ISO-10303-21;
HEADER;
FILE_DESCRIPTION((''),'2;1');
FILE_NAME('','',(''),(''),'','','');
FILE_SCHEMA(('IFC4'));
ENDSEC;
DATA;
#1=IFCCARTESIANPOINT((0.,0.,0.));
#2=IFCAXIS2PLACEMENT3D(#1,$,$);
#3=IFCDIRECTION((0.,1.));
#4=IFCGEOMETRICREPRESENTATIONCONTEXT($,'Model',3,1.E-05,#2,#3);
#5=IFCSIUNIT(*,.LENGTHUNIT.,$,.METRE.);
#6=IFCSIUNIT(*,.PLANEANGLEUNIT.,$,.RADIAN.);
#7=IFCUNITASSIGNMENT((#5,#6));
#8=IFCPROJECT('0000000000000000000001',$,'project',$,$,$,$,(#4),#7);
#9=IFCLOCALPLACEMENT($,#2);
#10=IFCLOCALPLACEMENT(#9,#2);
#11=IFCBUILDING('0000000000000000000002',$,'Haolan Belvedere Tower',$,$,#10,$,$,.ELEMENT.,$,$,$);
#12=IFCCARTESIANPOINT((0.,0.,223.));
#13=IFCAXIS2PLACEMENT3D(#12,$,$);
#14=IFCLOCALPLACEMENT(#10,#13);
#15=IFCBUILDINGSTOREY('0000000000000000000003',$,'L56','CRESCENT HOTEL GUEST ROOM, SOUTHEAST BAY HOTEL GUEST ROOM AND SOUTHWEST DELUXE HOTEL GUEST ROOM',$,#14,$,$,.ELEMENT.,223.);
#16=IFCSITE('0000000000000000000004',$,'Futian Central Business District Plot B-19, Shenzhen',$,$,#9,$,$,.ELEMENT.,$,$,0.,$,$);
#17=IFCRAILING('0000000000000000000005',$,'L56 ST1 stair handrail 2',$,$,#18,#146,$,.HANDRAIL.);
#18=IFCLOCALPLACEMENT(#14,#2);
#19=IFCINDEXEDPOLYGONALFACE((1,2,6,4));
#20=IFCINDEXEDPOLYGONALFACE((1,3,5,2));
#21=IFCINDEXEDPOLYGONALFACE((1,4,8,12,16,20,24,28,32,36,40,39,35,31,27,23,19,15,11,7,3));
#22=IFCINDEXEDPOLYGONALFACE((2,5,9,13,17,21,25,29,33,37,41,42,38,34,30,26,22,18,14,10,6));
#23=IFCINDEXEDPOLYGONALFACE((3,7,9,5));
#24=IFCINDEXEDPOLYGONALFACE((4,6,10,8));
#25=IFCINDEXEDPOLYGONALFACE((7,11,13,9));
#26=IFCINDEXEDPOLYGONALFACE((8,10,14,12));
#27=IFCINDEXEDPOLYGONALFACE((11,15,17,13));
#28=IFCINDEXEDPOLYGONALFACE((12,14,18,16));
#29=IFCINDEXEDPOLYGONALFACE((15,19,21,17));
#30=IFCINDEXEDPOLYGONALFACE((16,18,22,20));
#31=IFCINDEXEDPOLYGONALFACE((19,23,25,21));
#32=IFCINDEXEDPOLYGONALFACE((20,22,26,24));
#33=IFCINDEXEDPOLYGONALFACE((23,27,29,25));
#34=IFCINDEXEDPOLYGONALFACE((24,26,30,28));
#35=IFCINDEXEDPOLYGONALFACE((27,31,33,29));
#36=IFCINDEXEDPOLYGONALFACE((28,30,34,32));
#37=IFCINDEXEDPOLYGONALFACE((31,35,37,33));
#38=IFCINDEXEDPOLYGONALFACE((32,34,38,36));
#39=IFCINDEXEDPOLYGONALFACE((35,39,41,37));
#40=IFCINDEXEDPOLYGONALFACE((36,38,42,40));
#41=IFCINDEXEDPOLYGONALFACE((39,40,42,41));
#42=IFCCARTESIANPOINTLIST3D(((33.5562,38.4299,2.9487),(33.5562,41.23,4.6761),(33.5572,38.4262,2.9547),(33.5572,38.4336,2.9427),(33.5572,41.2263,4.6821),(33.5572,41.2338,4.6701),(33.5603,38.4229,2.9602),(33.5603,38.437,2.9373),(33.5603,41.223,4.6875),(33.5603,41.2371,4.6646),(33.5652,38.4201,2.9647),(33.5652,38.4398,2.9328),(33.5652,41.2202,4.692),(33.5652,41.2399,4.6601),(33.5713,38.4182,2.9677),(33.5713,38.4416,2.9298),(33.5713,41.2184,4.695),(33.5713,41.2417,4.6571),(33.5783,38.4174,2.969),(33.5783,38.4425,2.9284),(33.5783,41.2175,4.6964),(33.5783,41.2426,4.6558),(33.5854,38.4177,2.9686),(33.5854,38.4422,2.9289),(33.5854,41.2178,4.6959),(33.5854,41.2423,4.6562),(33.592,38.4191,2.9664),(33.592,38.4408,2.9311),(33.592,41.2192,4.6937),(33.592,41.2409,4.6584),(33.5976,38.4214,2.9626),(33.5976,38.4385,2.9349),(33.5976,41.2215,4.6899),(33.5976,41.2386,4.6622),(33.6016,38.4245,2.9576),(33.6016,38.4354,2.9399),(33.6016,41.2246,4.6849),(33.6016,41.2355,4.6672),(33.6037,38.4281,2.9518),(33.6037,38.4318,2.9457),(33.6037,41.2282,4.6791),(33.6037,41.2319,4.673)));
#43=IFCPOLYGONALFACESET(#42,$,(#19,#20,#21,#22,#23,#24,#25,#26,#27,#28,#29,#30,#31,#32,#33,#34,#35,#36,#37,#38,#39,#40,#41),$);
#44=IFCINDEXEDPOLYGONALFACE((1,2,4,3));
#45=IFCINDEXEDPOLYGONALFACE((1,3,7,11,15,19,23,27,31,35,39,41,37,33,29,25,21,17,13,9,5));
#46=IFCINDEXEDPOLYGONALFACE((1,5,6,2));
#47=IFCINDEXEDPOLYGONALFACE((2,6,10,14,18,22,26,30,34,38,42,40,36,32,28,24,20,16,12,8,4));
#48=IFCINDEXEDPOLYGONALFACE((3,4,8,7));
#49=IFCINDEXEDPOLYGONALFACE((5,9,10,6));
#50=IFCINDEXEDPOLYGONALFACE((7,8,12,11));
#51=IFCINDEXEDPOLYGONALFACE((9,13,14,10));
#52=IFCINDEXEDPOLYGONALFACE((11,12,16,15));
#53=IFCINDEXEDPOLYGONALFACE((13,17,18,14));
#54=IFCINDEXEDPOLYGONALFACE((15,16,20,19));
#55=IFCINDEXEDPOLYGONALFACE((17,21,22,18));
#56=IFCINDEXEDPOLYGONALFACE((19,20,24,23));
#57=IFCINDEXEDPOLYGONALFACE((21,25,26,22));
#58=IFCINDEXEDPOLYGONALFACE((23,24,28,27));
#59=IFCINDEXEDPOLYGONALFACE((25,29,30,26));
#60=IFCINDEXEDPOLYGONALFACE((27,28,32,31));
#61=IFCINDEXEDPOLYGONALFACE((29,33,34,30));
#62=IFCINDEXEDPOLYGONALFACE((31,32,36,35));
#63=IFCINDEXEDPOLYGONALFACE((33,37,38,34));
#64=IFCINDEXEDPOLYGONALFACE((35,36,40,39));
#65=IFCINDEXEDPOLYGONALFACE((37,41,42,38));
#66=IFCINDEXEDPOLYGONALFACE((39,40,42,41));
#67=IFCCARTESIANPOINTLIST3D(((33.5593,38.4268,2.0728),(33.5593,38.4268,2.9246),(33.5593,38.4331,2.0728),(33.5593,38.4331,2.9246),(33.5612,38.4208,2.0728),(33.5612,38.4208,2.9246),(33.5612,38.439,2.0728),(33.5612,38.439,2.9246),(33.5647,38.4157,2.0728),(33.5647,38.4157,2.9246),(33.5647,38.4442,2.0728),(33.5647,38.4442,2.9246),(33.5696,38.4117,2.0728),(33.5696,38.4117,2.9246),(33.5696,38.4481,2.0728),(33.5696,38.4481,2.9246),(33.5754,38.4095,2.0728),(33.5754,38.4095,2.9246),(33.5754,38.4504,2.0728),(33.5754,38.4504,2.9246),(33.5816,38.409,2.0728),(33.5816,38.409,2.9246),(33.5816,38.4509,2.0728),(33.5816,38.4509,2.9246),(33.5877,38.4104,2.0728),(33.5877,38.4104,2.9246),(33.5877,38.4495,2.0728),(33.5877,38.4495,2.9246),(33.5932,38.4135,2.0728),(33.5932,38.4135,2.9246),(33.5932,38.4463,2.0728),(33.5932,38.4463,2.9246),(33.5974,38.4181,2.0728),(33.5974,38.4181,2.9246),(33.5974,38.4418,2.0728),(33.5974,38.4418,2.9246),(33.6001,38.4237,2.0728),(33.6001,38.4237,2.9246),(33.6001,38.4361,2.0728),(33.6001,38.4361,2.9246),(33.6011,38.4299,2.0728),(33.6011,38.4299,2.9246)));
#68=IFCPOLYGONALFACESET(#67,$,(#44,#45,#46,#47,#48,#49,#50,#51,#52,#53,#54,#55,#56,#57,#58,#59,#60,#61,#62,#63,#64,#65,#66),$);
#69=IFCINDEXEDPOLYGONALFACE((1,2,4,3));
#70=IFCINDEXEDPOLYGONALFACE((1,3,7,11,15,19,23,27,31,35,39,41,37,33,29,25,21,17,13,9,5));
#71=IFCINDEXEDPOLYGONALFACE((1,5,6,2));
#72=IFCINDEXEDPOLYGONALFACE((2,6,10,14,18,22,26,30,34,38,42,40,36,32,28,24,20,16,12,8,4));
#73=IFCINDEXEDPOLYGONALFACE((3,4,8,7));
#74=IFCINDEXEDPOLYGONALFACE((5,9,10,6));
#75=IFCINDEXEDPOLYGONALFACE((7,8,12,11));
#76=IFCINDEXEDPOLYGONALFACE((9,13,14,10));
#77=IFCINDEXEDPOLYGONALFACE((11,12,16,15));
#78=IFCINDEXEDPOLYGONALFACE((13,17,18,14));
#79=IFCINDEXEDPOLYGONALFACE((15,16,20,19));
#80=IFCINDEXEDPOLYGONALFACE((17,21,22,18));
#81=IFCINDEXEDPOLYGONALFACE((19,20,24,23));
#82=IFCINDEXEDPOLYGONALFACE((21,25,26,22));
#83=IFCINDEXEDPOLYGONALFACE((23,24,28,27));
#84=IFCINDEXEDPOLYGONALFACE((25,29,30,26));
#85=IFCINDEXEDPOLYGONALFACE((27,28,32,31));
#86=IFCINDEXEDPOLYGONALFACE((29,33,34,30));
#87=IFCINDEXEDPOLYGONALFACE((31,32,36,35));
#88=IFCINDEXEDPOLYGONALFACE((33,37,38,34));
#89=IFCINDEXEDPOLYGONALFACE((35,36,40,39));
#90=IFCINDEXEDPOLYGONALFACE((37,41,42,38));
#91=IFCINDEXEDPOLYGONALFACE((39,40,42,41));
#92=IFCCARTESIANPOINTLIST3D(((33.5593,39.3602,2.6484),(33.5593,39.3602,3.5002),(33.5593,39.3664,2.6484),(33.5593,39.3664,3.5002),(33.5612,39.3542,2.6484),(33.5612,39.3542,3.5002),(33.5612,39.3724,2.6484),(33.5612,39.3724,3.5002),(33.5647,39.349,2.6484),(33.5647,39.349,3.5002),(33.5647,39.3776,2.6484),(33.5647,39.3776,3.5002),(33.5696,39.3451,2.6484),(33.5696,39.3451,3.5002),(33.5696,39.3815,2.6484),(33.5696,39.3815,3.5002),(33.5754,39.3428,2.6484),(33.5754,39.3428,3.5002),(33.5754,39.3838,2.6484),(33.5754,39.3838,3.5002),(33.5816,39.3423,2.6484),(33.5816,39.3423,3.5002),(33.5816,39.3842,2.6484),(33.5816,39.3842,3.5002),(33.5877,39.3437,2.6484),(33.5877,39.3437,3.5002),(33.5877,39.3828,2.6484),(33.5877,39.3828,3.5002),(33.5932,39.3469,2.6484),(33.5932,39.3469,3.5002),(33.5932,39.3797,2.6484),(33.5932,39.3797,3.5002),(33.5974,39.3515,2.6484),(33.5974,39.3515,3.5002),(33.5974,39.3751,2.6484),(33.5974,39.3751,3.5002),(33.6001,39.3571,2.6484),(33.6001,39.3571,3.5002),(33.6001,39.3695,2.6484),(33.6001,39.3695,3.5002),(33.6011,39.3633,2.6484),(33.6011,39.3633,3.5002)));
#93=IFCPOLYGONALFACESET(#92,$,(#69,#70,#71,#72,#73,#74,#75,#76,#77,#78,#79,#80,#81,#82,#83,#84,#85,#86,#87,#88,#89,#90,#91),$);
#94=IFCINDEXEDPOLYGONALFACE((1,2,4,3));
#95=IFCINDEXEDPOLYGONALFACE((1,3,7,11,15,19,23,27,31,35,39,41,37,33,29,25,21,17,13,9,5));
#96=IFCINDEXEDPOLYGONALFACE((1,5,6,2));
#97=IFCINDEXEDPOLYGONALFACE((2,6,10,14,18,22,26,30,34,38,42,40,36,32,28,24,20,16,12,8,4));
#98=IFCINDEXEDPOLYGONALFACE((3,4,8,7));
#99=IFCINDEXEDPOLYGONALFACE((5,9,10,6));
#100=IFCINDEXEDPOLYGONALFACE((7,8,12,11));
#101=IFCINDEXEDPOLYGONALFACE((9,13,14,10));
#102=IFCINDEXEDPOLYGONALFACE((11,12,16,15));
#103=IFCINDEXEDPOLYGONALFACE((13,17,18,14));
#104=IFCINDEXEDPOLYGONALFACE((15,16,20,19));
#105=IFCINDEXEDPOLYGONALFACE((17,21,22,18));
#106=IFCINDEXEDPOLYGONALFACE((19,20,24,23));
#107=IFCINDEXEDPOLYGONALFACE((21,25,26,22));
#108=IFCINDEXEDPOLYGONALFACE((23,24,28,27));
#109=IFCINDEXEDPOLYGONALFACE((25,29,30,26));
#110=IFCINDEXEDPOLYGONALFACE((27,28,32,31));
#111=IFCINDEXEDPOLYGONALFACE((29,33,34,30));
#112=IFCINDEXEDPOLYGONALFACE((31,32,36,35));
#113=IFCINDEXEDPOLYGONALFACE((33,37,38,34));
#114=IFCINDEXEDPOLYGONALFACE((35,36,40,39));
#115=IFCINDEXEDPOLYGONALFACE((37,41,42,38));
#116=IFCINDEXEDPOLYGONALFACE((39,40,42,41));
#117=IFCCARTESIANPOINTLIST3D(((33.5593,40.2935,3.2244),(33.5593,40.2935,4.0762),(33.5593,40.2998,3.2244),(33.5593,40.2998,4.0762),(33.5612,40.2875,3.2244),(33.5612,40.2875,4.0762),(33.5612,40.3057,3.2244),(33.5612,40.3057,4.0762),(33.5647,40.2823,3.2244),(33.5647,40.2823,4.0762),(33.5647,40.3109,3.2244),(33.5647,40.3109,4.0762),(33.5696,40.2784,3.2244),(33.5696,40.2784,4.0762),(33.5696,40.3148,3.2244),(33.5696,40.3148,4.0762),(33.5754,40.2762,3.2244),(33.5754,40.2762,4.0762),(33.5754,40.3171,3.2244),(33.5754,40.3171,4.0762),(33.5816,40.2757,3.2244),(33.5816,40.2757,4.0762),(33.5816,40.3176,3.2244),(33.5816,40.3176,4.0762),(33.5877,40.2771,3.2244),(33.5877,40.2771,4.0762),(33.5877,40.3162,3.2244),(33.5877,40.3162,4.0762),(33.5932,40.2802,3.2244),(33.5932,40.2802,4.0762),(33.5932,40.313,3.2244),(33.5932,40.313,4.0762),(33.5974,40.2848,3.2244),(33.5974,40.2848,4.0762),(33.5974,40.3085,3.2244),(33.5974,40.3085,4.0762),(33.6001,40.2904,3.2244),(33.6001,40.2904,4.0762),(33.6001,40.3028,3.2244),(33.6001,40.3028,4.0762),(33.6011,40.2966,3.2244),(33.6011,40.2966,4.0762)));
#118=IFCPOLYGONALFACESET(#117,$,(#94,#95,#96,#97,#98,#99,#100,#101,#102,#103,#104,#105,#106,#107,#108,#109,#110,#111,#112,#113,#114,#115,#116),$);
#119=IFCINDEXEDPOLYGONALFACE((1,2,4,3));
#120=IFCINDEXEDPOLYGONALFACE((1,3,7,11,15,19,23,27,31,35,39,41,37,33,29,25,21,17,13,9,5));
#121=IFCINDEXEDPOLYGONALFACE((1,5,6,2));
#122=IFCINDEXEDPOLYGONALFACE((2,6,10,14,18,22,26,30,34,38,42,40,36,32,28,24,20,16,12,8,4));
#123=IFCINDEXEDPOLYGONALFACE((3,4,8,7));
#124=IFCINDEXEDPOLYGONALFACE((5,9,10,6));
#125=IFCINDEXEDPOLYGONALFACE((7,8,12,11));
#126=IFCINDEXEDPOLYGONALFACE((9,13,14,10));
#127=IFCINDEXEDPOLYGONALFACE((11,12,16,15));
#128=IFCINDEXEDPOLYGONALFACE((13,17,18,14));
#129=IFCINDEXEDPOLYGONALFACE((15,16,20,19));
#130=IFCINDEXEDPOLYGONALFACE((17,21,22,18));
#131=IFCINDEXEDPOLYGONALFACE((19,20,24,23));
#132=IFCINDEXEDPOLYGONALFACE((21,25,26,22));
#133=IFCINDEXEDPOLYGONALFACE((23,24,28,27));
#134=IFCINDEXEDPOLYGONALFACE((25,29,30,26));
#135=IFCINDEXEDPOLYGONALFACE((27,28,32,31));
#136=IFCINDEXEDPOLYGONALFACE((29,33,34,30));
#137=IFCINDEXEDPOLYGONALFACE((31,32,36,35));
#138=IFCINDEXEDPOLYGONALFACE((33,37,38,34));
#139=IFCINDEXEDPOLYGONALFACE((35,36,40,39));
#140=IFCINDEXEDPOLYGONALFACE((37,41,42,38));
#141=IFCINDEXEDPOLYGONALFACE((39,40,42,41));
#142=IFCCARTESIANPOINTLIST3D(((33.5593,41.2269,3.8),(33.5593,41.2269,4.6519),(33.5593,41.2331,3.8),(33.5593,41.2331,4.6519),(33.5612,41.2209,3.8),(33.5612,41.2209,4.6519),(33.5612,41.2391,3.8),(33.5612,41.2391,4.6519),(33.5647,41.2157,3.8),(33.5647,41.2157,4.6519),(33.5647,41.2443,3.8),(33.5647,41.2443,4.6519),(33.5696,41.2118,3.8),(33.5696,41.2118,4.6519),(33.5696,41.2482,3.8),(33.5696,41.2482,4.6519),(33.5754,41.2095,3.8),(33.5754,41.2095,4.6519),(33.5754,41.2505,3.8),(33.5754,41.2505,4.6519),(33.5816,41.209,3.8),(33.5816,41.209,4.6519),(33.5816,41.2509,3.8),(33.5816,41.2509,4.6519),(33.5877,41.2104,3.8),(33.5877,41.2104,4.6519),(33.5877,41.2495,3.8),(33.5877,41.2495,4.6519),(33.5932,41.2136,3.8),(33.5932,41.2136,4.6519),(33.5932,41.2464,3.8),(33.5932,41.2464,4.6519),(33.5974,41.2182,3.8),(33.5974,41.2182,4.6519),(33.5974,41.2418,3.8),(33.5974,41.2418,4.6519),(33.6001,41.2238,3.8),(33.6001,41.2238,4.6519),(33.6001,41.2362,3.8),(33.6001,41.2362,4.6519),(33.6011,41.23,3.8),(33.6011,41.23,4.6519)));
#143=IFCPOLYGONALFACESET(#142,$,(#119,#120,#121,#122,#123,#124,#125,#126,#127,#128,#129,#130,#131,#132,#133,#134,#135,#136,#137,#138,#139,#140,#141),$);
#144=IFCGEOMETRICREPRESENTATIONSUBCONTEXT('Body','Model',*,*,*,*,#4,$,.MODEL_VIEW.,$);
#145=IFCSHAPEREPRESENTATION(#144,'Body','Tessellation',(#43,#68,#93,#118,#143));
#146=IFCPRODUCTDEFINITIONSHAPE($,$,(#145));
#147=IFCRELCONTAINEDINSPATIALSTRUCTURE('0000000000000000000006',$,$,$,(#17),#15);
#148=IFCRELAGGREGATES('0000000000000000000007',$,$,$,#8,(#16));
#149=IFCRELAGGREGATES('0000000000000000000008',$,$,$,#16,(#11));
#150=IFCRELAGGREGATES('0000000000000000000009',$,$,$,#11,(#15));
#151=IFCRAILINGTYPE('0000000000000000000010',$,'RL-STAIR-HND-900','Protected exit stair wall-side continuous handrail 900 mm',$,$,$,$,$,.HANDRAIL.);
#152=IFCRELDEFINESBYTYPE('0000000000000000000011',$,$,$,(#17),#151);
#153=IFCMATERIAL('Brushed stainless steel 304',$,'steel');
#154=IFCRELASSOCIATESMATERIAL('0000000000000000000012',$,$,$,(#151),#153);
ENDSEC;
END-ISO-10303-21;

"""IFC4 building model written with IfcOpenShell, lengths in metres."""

from ifc_helpers import new_model, si_unit, direction, frame, origin, origin_2d, place, context, subcontext, project, spatial, circle, extrude, material, type_object, element, save


model = new_model("IFC4")

# Units and contexts
model_context = context("Model", 3, precision=1e-05, world=origin(), true_north=direction((0.0, 1.0)))
body_context = subcontext(model_context, "Body", "Model", "MODEL_VIEW")
ifc_project = project(units=[si_unit("LENGTHUNIT", "METRE"), si_unit("PLANEANGLEUNIT", "RADIAN")], contexts=[model_context])

# Site, building, storey
site_placement = place(None, origin())
site = spatial("IfcSite", under=ifc_project, at=site_placement, Name="Futian Central Business District Plot B-19, Shenzhen", CompositionType="ELEMENT", RefElevation=0.0)
building_placement = place(site_placement, origin())
building = spatial("IfcBuilding", under=site, at=building_placement, Name="Haolan Belvedere Tower", CompositionType="ELEMENT")
storey_placement = place(building_placement, frame((0.0, 0.0, 223.0)))
storey = spatial("IfcBuildingStorey", under=building, at=storey_placement, Name="L56", Description="CRESCENT HOTEL GUEST ROOM, SOUTHEAST BAY HOTEL GUEST ROOM AND SOUTHWEST DELUXE HOTEL GUEST ROOM", CompositionType="ELEMENT", Elevation=223.0)

# Railing
ifc_material_1 = material(Name="Brushed stainless steel 304", Category="steel")
railing_type_1 = type_object("IfcRailingType", Name="RL-STAIR-HND-900", Description="Protected exit stair wall-side continuous handrail 900 mm", PredefinedType="HANDRAIL", material=ifc_material_1)
railing_1_placement = place(storey_placement, frame((33.5801, 38.4299, 2.0728)))
element("IfcRailing", 1, at=railing_1_placement, inside=storey, type_object=railing_type_1, Name="L56 ST1 stair handrail 2", PredefinedType="HANDRAIL", context=body_context, shape_type="SweptSolid", body=[
    extrude(circle(Radius=0.0239, at=origin_2d()), frame((0.0, 0.0, 0.876), z_axis=(0.0, 0.85109, 0.52502), x_axis=(-1.0, 0.0, 0.0)), (0.0, 0.0, 1.0), 3.29),
    extrude(circle(Radius=0.021, at=origin_2d()), origin(), (0.0, 0.0, 1.0), 0.8518),
    extrude(circle(Radius=0.021, at=origin_2d()), frame((0.0, 0.9333, 0.5757)), (0.0, 0.0, 1.0), 0.8518),
    extrude(circle(Radius=0.021, at=origin_2d()), frame((0.0, 1.8667, 1.1516)), (0.0, 0.0, 1.0), 0.8518),
    extrude(circle(Radius=0.021, at=origin_2d()), frame((0.0, 2.8, 1.7273)), (0.0, 0.0, 1.0), 0.8518),
])

save(model, "model.ifc")
